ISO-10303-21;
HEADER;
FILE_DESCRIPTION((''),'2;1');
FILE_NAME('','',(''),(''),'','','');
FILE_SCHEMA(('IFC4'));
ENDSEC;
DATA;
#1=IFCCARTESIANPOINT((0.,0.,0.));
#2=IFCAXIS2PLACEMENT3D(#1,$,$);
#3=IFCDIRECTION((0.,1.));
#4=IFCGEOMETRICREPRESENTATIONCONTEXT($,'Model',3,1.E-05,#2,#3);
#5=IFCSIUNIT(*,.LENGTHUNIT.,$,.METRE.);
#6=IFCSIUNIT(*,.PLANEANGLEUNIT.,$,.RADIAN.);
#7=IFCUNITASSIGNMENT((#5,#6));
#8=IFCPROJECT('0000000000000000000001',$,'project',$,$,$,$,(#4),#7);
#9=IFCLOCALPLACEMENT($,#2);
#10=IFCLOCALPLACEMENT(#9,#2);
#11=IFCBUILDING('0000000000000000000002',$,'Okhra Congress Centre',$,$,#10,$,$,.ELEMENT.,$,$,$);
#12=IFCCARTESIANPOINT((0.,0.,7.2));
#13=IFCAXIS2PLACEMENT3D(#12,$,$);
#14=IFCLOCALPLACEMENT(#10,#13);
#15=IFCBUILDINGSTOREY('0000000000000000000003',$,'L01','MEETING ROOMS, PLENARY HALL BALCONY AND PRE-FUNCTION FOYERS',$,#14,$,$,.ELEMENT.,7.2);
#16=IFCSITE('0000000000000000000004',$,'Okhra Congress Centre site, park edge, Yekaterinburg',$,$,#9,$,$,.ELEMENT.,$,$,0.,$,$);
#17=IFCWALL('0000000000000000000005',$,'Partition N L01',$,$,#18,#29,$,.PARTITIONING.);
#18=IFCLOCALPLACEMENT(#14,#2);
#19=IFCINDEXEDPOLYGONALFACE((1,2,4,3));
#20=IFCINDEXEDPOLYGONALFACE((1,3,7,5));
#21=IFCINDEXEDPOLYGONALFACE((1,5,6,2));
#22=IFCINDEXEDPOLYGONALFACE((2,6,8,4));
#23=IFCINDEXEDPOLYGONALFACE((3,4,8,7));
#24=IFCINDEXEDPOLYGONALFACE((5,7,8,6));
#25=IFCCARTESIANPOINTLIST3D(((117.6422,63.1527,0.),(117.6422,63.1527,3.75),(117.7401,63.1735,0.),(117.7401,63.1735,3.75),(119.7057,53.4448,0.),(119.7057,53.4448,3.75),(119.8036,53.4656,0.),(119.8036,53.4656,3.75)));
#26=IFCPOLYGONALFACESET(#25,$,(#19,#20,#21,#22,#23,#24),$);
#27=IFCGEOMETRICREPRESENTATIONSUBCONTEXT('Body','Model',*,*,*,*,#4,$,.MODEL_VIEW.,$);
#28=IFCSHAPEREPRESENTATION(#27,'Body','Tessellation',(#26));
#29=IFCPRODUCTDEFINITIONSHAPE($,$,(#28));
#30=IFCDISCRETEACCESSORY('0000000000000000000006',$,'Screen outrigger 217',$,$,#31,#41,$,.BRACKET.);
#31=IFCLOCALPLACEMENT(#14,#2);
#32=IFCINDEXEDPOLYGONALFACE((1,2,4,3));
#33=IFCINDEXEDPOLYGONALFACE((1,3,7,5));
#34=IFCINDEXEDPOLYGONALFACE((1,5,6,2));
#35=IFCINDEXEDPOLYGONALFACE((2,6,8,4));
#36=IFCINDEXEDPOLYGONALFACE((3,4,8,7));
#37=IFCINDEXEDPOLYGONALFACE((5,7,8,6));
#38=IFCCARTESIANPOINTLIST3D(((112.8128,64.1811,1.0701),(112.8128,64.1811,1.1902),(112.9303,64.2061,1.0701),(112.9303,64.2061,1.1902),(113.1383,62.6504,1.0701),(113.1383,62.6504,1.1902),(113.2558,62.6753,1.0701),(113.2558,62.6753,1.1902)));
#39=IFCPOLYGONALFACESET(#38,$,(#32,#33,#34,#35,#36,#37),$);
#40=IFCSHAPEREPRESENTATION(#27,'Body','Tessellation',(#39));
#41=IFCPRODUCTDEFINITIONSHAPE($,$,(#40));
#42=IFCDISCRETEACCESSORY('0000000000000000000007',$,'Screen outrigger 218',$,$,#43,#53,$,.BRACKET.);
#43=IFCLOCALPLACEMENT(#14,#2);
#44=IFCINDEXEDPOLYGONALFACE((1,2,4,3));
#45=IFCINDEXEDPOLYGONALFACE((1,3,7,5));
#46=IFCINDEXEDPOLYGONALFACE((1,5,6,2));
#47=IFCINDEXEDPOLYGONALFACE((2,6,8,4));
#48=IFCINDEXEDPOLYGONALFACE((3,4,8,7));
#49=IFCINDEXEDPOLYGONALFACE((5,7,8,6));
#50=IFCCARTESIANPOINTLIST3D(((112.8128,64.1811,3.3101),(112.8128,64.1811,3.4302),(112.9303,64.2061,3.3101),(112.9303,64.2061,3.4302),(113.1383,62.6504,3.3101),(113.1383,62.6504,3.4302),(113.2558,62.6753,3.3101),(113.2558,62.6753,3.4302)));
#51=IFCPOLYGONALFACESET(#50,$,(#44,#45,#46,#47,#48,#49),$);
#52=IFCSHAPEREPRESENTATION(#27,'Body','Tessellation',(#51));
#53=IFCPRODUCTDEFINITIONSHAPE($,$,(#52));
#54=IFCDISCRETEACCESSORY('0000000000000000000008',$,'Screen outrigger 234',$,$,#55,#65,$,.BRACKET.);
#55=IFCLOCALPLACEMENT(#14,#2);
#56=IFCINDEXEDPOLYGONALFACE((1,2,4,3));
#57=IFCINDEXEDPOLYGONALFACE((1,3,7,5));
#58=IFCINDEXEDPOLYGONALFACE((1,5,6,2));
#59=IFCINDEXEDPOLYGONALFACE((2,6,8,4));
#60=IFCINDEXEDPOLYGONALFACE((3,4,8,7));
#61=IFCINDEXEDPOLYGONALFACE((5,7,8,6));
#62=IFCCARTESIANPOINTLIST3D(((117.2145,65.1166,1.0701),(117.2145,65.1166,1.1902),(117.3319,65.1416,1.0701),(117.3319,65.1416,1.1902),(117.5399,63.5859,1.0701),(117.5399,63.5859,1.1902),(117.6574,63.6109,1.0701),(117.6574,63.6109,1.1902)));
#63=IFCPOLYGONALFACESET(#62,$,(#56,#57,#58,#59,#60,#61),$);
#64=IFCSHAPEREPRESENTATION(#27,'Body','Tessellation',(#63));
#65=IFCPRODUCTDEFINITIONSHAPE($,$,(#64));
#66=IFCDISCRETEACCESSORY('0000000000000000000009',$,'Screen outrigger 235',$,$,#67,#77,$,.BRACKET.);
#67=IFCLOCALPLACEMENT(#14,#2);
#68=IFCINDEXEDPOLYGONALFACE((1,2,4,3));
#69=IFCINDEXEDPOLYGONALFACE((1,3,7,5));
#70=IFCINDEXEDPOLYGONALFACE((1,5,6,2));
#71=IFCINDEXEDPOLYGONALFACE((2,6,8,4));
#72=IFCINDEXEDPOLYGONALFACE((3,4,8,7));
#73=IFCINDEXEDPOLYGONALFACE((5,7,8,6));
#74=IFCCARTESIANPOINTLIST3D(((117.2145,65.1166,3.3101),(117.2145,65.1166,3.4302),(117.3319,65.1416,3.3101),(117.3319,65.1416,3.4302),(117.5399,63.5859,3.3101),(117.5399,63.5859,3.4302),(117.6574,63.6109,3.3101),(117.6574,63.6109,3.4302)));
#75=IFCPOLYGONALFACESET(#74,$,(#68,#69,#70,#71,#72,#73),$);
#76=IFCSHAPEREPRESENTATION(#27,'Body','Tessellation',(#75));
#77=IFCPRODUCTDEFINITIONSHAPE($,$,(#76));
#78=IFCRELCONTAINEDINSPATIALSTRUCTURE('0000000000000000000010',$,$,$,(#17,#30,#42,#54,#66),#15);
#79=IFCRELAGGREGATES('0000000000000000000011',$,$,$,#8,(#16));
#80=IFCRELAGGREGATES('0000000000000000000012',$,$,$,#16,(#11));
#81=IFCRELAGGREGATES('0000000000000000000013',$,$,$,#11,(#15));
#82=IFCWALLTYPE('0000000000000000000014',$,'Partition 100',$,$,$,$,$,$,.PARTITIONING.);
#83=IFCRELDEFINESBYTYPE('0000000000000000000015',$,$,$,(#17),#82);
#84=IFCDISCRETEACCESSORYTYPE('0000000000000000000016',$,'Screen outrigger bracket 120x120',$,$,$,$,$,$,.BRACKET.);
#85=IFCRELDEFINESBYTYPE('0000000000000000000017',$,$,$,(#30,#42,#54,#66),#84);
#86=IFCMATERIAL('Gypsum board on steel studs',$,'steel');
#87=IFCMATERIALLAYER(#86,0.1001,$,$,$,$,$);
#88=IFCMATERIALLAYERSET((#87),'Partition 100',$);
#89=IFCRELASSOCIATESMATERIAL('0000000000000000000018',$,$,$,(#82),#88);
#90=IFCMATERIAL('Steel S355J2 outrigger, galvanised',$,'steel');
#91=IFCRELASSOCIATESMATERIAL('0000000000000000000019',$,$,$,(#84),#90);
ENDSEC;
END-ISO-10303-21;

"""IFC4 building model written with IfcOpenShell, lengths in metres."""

from ifc_helpers import new_model, si_unit, direction, frame, frame_2d, origin, origin_2d, place, context, subcontext, project, spatial, rectangle, extrude, material, layer, layer_set, material_profile, profile_set, type_object, element, save


model = new_model("IFC4")

# Units and contexts
model_context = context("Model", 3, precision=1e-05, world=origin(), true_north=direction((0.0, 1.0)))
body_context = subcontext(model_context, "Body", "Model", "MODEL_VIEW")
ifc_project = project(units=[si_unit("LENGTHUNIT", "METRE"), si_unit("PLANEANGLEUNIT", "RADIAN")], contexts=[model_context])

# Site, building, storey
site_placement = place(None, origin())
site = spatial("IfcSite", under=ifc_project, at=site_placement, Name="Okhra Congress Centre site, park edge, Yekaterinburg", CompositionType="ELEMENT", RefElevation=0.0)
building_placement = place(site_placement, origin())
building = spatial("IfcBuilding", under=site, at=building_placement, Name="Okhra Congress Centre", CompositionType="ELEMENT")
storey_placement = place(building_placement, frame((0.0, 0.0, 7.2)))
storey = spatial("IfcBuildingStorey", under=building, at=storey_placement, Name="L01", Description="MEETING ROOMS, PLENARY HALL BALCONY AND PRE-FUNCTION FOYERS", CompositionType="ELEMENT", Elevation=7.2)

# Wall
ifc_material_1 = material(Name="Gypsum board on steel studs", Category="steel")
ifc_layer_1 = layer(ifc_material_1, 0.1001)
ifc_layer_set_1 = layer_set([ifc_layer_1], Name="Partition 100")
wall_type_1 = type_object("IfcWallType", Name="Partition 100", PredefinedType="PARTITIONING", material=ifc_layer_set_1)
wall_1_placement = place(storey_placement, frame((117.6912, 63.1631, 0.0), z_axis=(0.0, 0.0, 1.0), x_axis=(0.207909, -0.978148, 0.0)))
element("IfcWall", 1, at=wall_1_placement, inside=storey, type_object=wall_type_1, Name="Partition N L01", PredefinedType="PARTITIONING", context=body_context, shape_type="SweptSolid", body=[
    extrude(rectangle(XDim=9.9248, YDim=0.1001, at=frame_2d((4.9624, 0.0))), origin(), (0.0, 0.0, 1.0), 3.75),
])

# Discrete accessories
ifc_material_2 = material(Name="Steel S355J2 outrigger, galvanised", Category="steel")
ifc_material_profile_1 = material_profile(ifc_material_2, rectangle(XDim=0.1201, YDim=0.1201, at=origin_2d()), Name="Screen outrigger bracket 120x120")
ifc_profile_set_1 = profile_set([ifc_material_profile_1], Name="Steel S355J2 outrigger, galvanised")
discrete_accessory_type = type_object("IfcDiscreteAccessoryType", Name="Screen outrigger bracket 120x120", PredefinedType="BRACKET", material=ifc_profile_set_1)
for number, where, z_axis, x_axis, name in (
    (2, (113.197, 62.6628, 1.1301), (-0.207952, 0.978139, 0.0), (-0.978139, -0.207952, 0.0), "Screen outrigger 217"),
    (3, (113.197, 62.6628, 3.3701), (-0.207952, 0.978139, 0.0), (-0.978139, -0.207952, 0.0), "Screen outrigger 218"),
    (4, (117.5986, 63.5984, 1.1301), (-0.207952, 0.978139, 0.0), (-0.978139, -0.207952, 0.0), "Screen outrigger 234"),
    (5, (117.5986, 63.5984, 3.3701), (-0.207952, 0.978139, 0.0), (-0.978139, -0.207952, 0.0), "Screen outrigger 235"),
):
    element("IfcDiscreteAccessory", number, at=place(storey_placement, frame(where, z_axis=z_axis, x_axis=x_axis)), inside=storey, type_object=discrete_accessory_type, Name=name, PredefinedType="BRACKET", context=body_context, shape_type="SweptSolid", body=[
        extrude(rectangle(XDim=0.1201, YDim=0.1201, at=origin_2d()), origin(), (0.0, 0.0, 1.0), 1.5649),
    ])

save(model, "model.ifc")
